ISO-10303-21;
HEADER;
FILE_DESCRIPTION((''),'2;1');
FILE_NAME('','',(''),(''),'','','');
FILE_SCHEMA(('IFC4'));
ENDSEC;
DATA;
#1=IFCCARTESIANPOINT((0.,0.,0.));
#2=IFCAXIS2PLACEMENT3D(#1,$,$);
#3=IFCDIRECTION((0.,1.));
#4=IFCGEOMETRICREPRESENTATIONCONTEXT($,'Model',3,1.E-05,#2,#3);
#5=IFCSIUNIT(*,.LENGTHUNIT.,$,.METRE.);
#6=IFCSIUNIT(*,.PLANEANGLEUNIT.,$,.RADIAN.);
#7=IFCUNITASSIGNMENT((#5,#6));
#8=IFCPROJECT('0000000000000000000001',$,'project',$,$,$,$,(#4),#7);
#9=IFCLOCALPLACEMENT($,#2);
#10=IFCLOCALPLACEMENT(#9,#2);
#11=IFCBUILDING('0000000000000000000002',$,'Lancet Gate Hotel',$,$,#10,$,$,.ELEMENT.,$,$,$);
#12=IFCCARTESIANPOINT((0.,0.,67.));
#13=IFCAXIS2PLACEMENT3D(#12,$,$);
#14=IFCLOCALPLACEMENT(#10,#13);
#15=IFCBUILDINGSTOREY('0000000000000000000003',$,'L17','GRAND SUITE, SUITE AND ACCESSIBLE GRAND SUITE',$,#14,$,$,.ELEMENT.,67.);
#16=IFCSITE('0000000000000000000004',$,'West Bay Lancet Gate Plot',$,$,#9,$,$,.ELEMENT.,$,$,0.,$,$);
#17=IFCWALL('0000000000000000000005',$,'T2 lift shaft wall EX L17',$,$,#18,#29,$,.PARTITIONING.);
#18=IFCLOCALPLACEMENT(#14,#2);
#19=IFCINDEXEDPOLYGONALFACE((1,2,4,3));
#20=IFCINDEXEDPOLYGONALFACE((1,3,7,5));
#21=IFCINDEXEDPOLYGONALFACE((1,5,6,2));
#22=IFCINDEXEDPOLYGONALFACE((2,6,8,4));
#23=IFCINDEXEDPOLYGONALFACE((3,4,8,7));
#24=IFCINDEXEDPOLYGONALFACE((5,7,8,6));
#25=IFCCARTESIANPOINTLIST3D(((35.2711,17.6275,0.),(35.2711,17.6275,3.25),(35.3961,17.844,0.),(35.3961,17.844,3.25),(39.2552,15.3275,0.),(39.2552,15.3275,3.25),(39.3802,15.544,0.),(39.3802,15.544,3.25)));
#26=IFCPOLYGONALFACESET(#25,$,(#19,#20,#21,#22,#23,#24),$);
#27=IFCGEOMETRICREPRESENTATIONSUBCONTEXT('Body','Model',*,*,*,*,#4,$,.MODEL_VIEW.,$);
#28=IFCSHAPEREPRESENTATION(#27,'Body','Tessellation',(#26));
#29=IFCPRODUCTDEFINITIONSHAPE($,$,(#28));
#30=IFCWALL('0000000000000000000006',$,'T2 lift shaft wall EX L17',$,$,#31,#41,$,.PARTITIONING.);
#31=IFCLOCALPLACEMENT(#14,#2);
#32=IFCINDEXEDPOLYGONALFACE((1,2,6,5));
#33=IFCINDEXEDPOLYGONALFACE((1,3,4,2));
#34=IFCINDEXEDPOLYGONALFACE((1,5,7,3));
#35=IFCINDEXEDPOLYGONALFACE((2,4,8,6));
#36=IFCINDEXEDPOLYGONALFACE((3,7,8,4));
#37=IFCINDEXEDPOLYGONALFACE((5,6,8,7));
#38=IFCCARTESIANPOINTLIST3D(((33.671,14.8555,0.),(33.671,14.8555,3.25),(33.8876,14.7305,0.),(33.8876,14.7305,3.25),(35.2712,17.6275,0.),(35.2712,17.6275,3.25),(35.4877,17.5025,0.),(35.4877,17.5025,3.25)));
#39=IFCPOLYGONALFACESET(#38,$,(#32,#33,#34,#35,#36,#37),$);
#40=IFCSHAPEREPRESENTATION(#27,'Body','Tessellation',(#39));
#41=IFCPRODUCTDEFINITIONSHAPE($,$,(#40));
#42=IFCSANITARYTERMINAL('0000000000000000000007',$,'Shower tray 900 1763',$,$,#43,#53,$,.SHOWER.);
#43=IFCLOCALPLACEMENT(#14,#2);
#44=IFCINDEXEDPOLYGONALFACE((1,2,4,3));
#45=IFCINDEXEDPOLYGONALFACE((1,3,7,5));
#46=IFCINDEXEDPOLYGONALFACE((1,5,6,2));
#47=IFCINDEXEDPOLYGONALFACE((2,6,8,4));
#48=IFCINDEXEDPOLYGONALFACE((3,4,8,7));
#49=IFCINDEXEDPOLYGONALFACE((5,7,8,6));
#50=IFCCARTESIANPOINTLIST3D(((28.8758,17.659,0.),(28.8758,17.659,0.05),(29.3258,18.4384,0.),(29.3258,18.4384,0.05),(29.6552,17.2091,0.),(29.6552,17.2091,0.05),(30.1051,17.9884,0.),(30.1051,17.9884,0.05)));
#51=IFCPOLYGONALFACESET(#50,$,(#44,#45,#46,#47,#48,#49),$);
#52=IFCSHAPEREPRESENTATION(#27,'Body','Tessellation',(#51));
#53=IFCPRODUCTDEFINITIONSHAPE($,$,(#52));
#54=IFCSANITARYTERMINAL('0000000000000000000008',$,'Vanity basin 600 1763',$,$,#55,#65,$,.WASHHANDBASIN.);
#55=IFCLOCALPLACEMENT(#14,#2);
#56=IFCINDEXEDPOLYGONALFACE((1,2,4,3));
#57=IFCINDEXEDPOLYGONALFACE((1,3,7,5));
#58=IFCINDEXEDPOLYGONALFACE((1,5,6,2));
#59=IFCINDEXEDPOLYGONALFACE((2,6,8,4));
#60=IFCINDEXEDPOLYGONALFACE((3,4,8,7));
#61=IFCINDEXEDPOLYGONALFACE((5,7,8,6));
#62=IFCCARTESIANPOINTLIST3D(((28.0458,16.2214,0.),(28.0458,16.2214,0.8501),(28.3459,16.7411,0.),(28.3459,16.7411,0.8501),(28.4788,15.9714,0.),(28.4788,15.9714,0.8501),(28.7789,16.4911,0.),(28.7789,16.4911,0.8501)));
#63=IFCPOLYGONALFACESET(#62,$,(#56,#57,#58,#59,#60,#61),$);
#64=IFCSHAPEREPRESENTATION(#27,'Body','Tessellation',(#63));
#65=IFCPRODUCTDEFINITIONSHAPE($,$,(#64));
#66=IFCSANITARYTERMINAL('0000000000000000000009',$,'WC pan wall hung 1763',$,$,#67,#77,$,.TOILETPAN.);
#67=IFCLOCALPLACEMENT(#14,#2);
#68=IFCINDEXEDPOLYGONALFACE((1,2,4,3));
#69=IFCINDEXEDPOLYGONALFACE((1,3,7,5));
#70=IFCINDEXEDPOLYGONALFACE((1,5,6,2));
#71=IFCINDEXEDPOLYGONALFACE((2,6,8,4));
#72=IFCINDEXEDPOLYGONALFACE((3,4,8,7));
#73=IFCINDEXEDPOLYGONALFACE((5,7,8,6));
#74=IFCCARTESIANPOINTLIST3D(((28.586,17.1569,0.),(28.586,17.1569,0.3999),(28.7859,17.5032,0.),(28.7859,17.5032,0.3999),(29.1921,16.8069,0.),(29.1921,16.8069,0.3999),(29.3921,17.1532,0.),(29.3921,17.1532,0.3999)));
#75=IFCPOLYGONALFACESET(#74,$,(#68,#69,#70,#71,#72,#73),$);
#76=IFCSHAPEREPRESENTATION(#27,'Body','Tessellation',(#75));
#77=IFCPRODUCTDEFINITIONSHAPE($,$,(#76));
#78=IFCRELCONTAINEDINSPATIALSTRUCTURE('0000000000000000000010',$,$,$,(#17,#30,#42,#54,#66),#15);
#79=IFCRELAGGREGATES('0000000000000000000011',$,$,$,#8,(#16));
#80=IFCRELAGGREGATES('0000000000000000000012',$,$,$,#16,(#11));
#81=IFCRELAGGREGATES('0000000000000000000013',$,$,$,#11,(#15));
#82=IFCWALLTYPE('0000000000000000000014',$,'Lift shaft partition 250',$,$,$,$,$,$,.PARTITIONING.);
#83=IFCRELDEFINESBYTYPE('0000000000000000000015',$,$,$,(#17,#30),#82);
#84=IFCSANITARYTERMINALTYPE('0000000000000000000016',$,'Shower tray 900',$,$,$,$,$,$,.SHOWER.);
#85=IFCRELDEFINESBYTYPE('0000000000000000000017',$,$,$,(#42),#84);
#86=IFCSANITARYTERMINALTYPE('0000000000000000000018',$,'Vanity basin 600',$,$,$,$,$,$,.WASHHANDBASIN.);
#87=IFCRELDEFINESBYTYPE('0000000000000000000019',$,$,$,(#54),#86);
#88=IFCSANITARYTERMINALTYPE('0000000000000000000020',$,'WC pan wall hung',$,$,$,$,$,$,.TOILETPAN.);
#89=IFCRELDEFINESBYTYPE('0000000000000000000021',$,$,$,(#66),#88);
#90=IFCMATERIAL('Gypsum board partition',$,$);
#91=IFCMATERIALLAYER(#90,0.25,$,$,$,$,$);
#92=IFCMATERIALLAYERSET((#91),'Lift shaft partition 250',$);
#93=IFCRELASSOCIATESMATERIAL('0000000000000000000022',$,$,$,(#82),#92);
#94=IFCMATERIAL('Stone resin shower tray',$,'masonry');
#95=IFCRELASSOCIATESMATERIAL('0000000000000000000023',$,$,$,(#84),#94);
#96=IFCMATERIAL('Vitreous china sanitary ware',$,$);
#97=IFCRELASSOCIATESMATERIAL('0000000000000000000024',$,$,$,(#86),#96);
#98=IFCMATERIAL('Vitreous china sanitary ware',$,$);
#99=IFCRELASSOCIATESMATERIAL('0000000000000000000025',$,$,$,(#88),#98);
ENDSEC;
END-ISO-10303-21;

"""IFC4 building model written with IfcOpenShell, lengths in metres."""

from ifc_helpers import new_model, si_unit, direction, frame, frame_2d, origin, origin_2d, place, context, subcontext, project, spatial, rectangle, extrude, material, layer, layer_set, type_object, element, save


model = new_model("IFC4")

# Units and contexts
model_context = context("Model", 3, precision=1e-05, world=origin(), true_north=direction((0.0, 1.0)))
body_context = subcontext(model_context, "Body", "Model", "MODEL_VIEW")
ifc_project = project(units=[si_unit("LENGTHUNIT", "METRE"), si_unit("PLANEANGLEUNIT", "RADIAN")], contexts=[model_context])

# Site, building, storey
site_placement = place(None, origin())
site = spatial("IfcSite", under=ifc_project, at=site_placement, Name="West Bay Lancet Gate Plot", CompositionType="ELEMENT", RefElevation=0.0)
building_placement = place(site_placement, origin())
building = spatial("IfcBuilding", under=site, at=building_placement, Name="Lancet Gate Hotel", CompositionType="ELEMENT")
storey_placement = place(building_placement, frame((0.0, 0.0, 67.0)))
storey = spatial("IfcBuildingStorey", under=building, at=storey_placement, Name="L17", Description="GRAND SUITE, SUITE AND ACCESSIBLE GRAND SUITE", CompositionType="ELEMENT", Elevation=67.0)

# Walls
ifc_material_1 = material(Name="Gypsum board partition")
ifc_layer_1 = layer(ifc_material_1, 0.25)
ifc_layer_set_1 = layer_set([ifc_layer_1], Name="Lift shaft partition 250")
wall_type_1 = type_object("IfcWallType", Name="Lift shaft partition 250", PredefinedType="PARTITIONING", material=ifc_layer_set_1)
for number, where, z_axis, x_axis, name in (
    (1, (35.3335, 17.7358, 0.0), (0.0, 0.0, 1.0), (0.866043, -0.499969, 0.0), "T2 lift shaft wall EX L17"),
):
    element("IfcWall", number, at=place(storey_placement, frame(where, z_axis=z_axis, x_axis=x_axis)), inside=storey, type_object=wall_type_1, Name=name, PredefinedType="PARTITIONING", context=body_context, shape_type="SweptSolid", body=[
        extrude(rectangle(XDim=4.6003, YDim=0.25, at=frame_2d((2.3003, 0.0))), origin(), (0.0, 0.0, 1.0), 3.25),
    ])
wall_1_placement = place(storey_placement, frame((33.7793, 14.793, 0.0), z_axis=(0.0, 0.0, 1.0), x_axis=(0.499929, 0.866066, 0.0)))
element("IfcWall", 2, at=wall_1_placement, inside=storey, type_object=wall_type_1, Name="T2 lift shaft wall EX L17", PredefinedType="PARTITIONING", context=body_context, shape_type="SweptSolid", body=[
    extrude(rectangle(XDim=3.2007, YDim=0.25, at=frame_2d((1.6003, 0.0))), origin(), (0.0, 0.0, 1.0), 3.25),
])

# Sanitary terminals
ifc_material_2 = material(Name="Stone resin shower tray", Category="masonry")
sanitary_terminal_type_1 = type_object("IfcSanitaryTerminalType", Name="Shower tray 900", PredefinedType="SHOWER", material=ifc_material_2)
sanitary_terminal_1_placement = place(storey_placement, frame((29.4905, 17.8237, 0.0), z_axis=(0.0, 0.0, 1.0), x_axis=(0.5, 0.866025, 0.0)))
element("IfcSanitaryTerminal", 3, at=sanitary_terminal_1_placement, inside=storey, type_object=sanitary_terminal_type_1, Name="Shower tray 900 1763", PredefinedType="SHOWER", context=body_context, shape_type="SweptSolid", body=[
    extrude(rectangle(XDim=0.8999, YDim=0.8999, at=origin_2d()), origin(), (0.0, 0.0, 1.0), 0.05),
])
ifc_material_3 = material(Name="Vitreous china sanitary ware")
sanitary_terminal_type_2 = type_object("IfcSanitaryTerminalType", Name="Vanity basin 600", PredefinedType="WASHHANDBASIN", material=ifc_material_3)
sanitary_terminal_2_placement = place(storey_placement, frame((28.4124, 16.3562, 0.0), z_axis=(0.0, 0.0, 1.0), x_axis=(0.5, 0.866025, 0.0)))
element("IfcSanitaryTerminal", 4, at=sanitary_terminal_2_placement, inside=storey, type_object=sanitary_terminal_type_2, Name="Vanity basin 600 1763", PredefinedType="WASHHANDBASIN", context=body_context, shape_type="SweptSolid", body=[
    extrude(rectangle(XDim=0.6001, YDim=0.5, at=origin_2d()), origin(), (0.0, 0.0, 1.0), 0.8501),
])
ifc_material_4 = material(Name="Vitreous china sanitary ware")
sanitary_terminal_type_3 = type_object("IfcSanitaryTerminalType", Name="WC pan wall hung", PredefinedType="TOILETPAN", material=ifc_material_4)
sanitary_terminal_3_placement = place(storey_placement, frame((28.989, 17.155, 0.0), z_axis=(0.0, 0.0, 1.0), x_axis=(0.5, 0.866025, 0.0)))
element("IfcSanitaryTerminal", 5, at=sanitary_terminal_3_placement, inside=storey, type_object=sanitary_terminal_type_3, Name="WC pan wall hung 1763", PredefinedType="TOILETPAN", context=body_context, shape_type="SweptSolid", body=[
    extrude(rectangle(XDim=0.3999, YDim=0.7, at=origin_2d()), origin(), (0.0, 0.0, 1.0), 0.3999),
])

save(model, "model.ifc")
